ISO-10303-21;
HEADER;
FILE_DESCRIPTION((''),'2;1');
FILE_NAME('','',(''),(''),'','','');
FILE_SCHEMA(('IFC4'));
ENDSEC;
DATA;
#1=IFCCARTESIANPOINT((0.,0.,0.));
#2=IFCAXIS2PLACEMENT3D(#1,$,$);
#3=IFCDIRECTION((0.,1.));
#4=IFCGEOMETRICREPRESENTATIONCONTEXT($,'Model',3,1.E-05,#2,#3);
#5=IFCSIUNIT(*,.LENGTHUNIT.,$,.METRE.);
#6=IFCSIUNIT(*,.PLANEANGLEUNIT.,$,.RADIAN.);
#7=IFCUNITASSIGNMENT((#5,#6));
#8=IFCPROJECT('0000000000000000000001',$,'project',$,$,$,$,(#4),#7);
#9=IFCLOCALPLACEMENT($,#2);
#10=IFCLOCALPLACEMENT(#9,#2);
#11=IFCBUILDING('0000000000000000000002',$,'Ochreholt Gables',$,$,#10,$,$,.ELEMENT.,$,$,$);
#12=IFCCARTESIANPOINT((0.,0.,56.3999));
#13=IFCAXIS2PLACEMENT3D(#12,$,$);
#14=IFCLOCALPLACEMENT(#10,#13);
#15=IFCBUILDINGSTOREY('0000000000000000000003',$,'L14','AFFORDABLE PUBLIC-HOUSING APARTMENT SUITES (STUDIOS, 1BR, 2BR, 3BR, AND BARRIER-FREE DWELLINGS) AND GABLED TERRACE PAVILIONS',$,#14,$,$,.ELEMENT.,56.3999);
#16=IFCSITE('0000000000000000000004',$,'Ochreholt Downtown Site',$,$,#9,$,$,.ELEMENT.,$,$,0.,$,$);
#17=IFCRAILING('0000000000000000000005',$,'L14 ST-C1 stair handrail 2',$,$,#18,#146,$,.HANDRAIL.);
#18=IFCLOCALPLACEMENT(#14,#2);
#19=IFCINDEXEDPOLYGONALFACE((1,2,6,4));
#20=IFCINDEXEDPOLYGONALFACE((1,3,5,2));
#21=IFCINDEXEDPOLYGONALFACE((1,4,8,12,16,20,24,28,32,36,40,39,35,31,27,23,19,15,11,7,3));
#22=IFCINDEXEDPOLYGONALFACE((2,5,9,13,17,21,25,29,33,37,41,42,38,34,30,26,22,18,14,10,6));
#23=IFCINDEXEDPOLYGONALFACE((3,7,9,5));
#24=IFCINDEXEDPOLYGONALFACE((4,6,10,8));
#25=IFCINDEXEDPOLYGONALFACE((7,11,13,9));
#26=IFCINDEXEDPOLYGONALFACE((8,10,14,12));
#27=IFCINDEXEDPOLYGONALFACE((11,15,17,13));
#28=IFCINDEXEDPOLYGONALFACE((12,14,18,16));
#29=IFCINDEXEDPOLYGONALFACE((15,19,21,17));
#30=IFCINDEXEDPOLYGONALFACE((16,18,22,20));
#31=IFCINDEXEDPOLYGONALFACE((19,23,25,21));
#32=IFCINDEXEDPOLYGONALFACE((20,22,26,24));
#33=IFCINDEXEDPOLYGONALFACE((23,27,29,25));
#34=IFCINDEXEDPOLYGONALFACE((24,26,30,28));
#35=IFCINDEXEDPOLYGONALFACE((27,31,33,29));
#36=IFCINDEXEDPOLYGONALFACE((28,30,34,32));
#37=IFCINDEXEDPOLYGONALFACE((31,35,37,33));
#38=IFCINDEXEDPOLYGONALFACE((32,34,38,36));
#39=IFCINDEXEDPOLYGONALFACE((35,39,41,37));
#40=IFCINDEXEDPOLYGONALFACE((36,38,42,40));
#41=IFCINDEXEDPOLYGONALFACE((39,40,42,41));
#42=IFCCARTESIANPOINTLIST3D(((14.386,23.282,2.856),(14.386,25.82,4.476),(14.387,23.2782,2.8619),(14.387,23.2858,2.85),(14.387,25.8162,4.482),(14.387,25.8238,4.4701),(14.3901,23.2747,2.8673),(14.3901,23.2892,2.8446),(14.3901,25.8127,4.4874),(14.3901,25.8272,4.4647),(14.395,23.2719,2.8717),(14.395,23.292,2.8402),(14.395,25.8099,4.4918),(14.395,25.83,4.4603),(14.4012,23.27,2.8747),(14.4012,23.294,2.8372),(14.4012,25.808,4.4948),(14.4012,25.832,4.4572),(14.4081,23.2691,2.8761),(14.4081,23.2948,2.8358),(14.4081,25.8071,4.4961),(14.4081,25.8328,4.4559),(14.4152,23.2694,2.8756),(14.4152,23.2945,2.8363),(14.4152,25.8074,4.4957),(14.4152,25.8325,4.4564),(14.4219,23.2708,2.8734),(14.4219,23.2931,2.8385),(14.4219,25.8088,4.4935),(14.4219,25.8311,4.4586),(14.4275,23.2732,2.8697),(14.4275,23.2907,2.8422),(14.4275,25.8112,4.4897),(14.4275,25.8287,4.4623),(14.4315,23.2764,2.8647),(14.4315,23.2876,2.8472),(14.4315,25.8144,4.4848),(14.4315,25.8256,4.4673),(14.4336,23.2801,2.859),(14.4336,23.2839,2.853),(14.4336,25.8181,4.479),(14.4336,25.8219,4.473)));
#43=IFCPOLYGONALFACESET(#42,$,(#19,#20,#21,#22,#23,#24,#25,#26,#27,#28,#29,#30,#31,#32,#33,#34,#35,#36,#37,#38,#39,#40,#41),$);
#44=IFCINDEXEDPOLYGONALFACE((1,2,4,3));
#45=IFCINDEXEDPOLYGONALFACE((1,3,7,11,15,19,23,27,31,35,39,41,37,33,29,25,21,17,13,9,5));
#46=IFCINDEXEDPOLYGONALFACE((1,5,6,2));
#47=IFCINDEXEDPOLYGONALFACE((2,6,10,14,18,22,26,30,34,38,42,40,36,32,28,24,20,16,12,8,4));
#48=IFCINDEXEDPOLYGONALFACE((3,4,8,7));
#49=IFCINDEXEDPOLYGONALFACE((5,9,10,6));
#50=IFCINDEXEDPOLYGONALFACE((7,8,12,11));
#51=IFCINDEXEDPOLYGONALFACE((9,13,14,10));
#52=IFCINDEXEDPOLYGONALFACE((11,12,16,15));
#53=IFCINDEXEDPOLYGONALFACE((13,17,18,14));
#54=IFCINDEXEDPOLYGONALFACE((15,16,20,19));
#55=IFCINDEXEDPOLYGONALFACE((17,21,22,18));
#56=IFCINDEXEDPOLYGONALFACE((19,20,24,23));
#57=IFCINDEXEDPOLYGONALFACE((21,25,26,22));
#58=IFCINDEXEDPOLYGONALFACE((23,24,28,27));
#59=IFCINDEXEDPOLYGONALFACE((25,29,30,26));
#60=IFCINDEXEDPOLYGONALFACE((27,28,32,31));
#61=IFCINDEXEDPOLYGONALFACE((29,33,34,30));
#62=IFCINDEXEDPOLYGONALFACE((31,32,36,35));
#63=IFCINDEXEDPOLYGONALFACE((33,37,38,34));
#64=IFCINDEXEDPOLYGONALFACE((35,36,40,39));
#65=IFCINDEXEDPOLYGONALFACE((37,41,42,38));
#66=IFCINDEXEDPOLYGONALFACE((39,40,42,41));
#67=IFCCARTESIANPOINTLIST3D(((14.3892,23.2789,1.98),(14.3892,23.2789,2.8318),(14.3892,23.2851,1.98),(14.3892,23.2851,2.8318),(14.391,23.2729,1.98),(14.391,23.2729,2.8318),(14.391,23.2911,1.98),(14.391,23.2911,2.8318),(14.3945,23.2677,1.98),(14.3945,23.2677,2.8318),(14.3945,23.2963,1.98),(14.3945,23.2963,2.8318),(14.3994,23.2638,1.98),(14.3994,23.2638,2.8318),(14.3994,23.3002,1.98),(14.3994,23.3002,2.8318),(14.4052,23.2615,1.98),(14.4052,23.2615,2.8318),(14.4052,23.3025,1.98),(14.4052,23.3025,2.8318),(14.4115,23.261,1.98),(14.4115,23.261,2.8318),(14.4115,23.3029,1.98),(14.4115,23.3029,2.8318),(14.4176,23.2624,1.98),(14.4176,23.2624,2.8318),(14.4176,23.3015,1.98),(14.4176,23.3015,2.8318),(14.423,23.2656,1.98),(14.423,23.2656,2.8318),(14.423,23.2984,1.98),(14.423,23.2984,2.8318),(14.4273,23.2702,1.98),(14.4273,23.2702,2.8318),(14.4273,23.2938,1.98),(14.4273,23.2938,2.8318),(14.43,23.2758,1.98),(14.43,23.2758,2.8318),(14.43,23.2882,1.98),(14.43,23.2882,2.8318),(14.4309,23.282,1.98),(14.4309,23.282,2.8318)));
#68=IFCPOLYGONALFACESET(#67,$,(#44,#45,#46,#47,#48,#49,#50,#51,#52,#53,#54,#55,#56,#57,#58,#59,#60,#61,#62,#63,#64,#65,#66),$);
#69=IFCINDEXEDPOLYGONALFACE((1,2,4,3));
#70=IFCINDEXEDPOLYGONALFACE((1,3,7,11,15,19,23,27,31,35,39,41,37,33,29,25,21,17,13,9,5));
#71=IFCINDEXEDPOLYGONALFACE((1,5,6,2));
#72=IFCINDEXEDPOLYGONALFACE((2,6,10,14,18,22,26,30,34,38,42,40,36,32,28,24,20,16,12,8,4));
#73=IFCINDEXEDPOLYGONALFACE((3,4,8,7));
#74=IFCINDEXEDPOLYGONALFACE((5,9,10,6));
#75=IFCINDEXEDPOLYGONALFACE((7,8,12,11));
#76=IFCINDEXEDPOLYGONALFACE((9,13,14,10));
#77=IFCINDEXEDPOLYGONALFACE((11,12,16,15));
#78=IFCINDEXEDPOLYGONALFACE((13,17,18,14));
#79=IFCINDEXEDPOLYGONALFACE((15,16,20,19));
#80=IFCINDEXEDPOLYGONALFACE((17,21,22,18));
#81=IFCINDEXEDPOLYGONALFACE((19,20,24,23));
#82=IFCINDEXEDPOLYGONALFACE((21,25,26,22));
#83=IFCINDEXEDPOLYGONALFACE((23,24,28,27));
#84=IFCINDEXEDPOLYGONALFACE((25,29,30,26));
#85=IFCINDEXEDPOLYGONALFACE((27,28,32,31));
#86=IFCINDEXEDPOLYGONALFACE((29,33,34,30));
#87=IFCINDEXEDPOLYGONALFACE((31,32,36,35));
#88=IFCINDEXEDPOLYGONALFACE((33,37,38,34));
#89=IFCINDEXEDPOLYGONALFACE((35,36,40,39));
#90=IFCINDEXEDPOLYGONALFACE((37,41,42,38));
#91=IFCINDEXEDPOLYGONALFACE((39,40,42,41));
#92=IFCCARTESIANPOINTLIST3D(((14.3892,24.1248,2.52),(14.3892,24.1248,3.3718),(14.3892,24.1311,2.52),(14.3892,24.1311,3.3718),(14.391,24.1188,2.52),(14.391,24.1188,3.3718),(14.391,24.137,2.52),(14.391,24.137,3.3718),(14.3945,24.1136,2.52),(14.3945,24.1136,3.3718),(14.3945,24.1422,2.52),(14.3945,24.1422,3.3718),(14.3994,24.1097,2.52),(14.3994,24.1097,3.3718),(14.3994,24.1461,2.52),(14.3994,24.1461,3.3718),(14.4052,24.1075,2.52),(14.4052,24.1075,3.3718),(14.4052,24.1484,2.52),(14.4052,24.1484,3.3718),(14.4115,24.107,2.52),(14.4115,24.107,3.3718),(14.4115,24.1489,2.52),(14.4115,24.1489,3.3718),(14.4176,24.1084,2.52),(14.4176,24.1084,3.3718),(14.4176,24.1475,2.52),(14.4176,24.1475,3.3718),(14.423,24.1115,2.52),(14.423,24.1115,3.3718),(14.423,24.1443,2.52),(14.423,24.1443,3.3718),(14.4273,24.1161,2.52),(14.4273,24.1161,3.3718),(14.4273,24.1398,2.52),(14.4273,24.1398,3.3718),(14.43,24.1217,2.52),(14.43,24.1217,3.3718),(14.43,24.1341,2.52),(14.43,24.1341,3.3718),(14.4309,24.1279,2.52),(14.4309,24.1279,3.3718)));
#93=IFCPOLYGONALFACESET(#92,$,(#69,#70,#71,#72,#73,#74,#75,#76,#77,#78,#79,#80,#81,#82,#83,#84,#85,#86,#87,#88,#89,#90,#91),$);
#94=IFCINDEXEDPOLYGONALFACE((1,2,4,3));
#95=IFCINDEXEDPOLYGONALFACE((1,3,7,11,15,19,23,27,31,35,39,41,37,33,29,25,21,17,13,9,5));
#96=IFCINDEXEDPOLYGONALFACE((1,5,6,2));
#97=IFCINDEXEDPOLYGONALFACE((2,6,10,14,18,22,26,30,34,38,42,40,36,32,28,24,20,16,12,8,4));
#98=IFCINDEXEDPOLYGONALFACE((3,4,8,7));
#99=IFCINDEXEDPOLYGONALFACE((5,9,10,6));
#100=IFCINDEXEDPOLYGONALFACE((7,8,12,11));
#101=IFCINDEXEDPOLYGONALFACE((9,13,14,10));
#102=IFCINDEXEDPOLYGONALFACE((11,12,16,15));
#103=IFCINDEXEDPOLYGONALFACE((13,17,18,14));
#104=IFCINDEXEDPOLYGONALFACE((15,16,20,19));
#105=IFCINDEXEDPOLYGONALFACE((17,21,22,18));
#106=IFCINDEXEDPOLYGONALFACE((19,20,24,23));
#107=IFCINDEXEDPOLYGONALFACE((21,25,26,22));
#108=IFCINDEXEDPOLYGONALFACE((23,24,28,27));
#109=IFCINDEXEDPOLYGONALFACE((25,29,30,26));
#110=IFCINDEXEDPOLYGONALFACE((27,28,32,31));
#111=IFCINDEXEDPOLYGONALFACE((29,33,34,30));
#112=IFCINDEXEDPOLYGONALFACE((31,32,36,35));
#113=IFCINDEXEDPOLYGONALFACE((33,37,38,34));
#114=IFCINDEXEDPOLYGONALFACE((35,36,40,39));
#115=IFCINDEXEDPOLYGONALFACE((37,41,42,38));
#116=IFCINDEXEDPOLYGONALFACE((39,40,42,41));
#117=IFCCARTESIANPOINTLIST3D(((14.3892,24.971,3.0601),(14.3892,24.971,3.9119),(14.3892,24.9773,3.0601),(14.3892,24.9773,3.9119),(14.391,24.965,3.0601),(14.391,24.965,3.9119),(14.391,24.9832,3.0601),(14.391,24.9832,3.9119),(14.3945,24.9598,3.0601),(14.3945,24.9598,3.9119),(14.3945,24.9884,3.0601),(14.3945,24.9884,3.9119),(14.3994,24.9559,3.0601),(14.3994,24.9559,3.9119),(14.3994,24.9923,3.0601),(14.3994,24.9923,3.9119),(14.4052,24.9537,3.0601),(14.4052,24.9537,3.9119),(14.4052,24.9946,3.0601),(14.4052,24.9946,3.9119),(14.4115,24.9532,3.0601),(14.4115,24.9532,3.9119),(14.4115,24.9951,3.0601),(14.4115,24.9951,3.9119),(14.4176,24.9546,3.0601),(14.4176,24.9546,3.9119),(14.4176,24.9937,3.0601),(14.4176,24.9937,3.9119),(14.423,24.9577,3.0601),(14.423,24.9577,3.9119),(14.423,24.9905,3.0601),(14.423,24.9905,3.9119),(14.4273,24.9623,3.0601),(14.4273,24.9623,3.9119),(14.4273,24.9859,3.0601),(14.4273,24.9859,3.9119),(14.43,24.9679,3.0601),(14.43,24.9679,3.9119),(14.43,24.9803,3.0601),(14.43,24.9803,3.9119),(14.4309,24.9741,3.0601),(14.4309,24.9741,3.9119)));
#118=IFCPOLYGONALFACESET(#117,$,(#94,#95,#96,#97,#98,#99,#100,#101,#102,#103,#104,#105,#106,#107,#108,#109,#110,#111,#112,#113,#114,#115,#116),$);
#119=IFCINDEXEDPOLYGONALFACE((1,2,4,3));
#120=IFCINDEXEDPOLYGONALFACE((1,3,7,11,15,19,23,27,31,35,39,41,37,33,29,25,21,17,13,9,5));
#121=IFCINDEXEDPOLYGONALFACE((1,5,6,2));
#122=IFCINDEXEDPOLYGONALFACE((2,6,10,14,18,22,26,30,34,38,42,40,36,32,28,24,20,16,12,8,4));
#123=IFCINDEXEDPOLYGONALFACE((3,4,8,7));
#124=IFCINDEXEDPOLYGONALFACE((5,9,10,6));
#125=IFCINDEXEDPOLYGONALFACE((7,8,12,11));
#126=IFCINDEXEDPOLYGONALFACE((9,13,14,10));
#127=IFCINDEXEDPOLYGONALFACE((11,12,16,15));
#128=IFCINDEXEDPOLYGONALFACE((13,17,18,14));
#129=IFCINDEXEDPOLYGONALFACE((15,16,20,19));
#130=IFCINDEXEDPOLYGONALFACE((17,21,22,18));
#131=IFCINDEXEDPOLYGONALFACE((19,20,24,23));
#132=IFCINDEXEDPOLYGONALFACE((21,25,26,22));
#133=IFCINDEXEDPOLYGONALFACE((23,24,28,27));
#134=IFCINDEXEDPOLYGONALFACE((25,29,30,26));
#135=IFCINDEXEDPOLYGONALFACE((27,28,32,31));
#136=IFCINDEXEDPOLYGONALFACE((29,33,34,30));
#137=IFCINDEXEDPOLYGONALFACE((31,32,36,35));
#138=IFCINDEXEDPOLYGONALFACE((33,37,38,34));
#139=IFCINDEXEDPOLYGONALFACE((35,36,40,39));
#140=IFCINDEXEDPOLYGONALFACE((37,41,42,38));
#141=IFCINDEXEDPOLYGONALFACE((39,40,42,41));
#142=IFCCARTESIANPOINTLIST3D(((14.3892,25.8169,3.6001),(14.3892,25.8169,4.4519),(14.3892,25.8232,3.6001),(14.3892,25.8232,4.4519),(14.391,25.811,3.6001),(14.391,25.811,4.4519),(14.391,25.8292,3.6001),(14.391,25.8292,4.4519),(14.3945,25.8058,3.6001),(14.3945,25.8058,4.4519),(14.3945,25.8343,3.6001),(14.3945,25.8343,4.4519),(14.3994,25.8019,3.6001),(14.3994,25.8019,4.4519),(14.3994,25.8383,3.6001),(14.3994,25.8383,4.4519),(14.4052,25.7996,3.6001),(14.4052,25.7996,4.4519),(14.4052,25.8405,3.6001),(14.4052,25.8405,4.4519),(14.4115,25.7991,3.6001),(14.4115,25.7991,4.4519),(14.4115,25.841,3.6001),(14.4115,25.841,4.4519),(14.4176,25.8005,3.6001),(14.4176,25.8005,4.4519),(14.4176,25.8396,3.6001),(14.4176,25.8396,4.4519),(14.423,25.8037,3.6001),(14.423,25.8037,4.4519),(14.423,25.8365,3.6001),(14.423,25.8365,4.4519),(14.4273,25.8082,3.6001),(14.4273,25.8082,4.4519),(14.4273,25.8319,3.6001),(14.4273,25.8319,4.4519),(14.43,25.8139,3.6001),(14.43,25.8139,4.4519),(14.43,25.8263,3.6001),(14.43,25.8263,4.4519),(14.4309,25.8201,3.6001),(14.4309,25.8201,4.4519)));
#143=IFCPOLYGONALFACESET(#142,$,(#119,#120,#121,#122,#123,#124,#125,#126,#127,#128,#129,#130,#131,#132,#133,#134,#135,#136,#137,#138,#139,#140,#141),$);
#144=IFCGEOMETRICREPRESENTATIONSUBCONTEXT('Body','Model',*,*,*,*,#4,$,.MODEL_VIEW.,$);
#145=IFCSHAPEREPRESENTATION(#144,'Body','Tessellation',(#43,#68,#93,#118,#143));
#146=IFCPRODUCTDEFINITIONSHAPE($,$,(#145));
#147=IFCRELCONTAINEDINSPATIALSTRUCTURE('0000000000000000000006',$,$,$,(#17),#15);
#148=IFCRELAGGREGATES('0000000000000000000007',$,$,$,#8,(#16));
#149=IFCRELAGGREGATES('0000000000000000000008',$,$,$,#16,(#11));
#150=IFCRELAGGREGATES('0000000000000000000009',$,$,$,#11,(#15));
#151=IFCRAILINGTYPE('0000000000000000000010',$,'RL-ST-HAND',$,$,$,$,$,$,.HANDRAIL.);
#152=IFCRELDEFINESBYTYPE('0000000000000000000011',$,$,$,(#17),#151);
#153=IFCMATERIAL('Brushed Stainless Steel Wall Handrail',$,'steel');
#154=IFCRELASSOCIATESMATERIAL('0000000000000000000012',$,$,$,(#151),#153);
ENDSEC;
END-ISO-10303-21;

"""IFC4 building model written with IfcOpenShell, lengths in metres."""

from ifc_helpers import new_model, si_unit, direction, frame, origin, origin_2d, place, context, subcontext, project, spatial, circle, extrude, material, type_object, element, save


model = new_model("IFC4")

# Units and contexts
model_context = context("Model", 3, precision=1e-05, world=origin(), true_north=direction((0.0, 1.0)))
body_context = subcontext(model_context, "Body", "Model", "MODEL_VIEW")
ifc_project = project(units=[si_unit("LENGTHUNIT", "METRE"), si_unit("PLANEANGLEUNIT", "RADIAN")], contexts=[model_context])

# Site, building, storey
site_placement = place(None, origin())
site = spatial("IfcSite", under=ifc_project, at=site_placement, Name="Ochreholt Downtown Site", CompositionType="ELEMENT", RefElevation=0.0)
building_placement = place(site_placement, origin())
building = spatial("IfcBuilding", under=site, at=building_placement, Name="Ochreholt Gables", CompositionType="ELEMENT")
storey_placement = place(building_placement, frame((0.0, 0.0, 56.3999)))
storey = spatial("IfcBuildingStorey", under=building, at=storey_placement, Name="L14", Description="AFFORDABLE PUBLIC-HOUSING APARTMENT SUITES (STUDIOS, 1BR, 2BR, 3BR, AND BARRIER-FREE DWELLINGS) AND GABLED TERRACE PAVILIONS", CompositionType="ELEMENT", Elevation=56.3999)

# Railing
ifc_material_1 = material(Name="Brushed Stainless Steel Wall Handrail", Category="steel")
railing_type_1 = type_object("IfcRailingType", Name="RL-ST-HAND", PredefinedType="HANDRAIL", material=ifc_material_1)
railing_1_placement = place(storey_placement, frame((14.4099, 23.282, 1.98)))
element("IfcRailing", 1, at=railing_1_placement, inside=storey, type_object=railing_type_1, Name="L14 ST-C1 stair handrail 2", PredefinedType="HANDRAIL", context=body_context, shape_type="SweptSolid", body=[
    extrude(circle(Radius=0.0239, at=origin_2d()), frame((0.0, 0.0, 0.876), z_axis=(0.0, 0.842913, 0.53805), x_axis=(-1.0, 0.0, 0.0)), (0.0, 0.0, 1.0), 3.011),
    extrude(circle(Radius=0.021, at=origin_2d()), origin(), (0.0, 0.0, 1.0), 0.8518),
    extrude(circle(Radius=0.021, at=origin_2d()), frame((0.0, 0.8459, 0.54)), (0.0, 0.0, 1.0), 0.8518),
    extrude(circle(Radius=0.021, at=origin_2d()), frame((0.0, 1.6921, 1.0801)), (0.0, 0.0, 1.0), 0.8518),
    extrude(circle(Radius=0.021, at=origin_2d()), frame((0.0, 2.5381, 1.6201)), (0.0, 0.0, 1.0), 0.8518),
])

save(model, "model.ifc")
